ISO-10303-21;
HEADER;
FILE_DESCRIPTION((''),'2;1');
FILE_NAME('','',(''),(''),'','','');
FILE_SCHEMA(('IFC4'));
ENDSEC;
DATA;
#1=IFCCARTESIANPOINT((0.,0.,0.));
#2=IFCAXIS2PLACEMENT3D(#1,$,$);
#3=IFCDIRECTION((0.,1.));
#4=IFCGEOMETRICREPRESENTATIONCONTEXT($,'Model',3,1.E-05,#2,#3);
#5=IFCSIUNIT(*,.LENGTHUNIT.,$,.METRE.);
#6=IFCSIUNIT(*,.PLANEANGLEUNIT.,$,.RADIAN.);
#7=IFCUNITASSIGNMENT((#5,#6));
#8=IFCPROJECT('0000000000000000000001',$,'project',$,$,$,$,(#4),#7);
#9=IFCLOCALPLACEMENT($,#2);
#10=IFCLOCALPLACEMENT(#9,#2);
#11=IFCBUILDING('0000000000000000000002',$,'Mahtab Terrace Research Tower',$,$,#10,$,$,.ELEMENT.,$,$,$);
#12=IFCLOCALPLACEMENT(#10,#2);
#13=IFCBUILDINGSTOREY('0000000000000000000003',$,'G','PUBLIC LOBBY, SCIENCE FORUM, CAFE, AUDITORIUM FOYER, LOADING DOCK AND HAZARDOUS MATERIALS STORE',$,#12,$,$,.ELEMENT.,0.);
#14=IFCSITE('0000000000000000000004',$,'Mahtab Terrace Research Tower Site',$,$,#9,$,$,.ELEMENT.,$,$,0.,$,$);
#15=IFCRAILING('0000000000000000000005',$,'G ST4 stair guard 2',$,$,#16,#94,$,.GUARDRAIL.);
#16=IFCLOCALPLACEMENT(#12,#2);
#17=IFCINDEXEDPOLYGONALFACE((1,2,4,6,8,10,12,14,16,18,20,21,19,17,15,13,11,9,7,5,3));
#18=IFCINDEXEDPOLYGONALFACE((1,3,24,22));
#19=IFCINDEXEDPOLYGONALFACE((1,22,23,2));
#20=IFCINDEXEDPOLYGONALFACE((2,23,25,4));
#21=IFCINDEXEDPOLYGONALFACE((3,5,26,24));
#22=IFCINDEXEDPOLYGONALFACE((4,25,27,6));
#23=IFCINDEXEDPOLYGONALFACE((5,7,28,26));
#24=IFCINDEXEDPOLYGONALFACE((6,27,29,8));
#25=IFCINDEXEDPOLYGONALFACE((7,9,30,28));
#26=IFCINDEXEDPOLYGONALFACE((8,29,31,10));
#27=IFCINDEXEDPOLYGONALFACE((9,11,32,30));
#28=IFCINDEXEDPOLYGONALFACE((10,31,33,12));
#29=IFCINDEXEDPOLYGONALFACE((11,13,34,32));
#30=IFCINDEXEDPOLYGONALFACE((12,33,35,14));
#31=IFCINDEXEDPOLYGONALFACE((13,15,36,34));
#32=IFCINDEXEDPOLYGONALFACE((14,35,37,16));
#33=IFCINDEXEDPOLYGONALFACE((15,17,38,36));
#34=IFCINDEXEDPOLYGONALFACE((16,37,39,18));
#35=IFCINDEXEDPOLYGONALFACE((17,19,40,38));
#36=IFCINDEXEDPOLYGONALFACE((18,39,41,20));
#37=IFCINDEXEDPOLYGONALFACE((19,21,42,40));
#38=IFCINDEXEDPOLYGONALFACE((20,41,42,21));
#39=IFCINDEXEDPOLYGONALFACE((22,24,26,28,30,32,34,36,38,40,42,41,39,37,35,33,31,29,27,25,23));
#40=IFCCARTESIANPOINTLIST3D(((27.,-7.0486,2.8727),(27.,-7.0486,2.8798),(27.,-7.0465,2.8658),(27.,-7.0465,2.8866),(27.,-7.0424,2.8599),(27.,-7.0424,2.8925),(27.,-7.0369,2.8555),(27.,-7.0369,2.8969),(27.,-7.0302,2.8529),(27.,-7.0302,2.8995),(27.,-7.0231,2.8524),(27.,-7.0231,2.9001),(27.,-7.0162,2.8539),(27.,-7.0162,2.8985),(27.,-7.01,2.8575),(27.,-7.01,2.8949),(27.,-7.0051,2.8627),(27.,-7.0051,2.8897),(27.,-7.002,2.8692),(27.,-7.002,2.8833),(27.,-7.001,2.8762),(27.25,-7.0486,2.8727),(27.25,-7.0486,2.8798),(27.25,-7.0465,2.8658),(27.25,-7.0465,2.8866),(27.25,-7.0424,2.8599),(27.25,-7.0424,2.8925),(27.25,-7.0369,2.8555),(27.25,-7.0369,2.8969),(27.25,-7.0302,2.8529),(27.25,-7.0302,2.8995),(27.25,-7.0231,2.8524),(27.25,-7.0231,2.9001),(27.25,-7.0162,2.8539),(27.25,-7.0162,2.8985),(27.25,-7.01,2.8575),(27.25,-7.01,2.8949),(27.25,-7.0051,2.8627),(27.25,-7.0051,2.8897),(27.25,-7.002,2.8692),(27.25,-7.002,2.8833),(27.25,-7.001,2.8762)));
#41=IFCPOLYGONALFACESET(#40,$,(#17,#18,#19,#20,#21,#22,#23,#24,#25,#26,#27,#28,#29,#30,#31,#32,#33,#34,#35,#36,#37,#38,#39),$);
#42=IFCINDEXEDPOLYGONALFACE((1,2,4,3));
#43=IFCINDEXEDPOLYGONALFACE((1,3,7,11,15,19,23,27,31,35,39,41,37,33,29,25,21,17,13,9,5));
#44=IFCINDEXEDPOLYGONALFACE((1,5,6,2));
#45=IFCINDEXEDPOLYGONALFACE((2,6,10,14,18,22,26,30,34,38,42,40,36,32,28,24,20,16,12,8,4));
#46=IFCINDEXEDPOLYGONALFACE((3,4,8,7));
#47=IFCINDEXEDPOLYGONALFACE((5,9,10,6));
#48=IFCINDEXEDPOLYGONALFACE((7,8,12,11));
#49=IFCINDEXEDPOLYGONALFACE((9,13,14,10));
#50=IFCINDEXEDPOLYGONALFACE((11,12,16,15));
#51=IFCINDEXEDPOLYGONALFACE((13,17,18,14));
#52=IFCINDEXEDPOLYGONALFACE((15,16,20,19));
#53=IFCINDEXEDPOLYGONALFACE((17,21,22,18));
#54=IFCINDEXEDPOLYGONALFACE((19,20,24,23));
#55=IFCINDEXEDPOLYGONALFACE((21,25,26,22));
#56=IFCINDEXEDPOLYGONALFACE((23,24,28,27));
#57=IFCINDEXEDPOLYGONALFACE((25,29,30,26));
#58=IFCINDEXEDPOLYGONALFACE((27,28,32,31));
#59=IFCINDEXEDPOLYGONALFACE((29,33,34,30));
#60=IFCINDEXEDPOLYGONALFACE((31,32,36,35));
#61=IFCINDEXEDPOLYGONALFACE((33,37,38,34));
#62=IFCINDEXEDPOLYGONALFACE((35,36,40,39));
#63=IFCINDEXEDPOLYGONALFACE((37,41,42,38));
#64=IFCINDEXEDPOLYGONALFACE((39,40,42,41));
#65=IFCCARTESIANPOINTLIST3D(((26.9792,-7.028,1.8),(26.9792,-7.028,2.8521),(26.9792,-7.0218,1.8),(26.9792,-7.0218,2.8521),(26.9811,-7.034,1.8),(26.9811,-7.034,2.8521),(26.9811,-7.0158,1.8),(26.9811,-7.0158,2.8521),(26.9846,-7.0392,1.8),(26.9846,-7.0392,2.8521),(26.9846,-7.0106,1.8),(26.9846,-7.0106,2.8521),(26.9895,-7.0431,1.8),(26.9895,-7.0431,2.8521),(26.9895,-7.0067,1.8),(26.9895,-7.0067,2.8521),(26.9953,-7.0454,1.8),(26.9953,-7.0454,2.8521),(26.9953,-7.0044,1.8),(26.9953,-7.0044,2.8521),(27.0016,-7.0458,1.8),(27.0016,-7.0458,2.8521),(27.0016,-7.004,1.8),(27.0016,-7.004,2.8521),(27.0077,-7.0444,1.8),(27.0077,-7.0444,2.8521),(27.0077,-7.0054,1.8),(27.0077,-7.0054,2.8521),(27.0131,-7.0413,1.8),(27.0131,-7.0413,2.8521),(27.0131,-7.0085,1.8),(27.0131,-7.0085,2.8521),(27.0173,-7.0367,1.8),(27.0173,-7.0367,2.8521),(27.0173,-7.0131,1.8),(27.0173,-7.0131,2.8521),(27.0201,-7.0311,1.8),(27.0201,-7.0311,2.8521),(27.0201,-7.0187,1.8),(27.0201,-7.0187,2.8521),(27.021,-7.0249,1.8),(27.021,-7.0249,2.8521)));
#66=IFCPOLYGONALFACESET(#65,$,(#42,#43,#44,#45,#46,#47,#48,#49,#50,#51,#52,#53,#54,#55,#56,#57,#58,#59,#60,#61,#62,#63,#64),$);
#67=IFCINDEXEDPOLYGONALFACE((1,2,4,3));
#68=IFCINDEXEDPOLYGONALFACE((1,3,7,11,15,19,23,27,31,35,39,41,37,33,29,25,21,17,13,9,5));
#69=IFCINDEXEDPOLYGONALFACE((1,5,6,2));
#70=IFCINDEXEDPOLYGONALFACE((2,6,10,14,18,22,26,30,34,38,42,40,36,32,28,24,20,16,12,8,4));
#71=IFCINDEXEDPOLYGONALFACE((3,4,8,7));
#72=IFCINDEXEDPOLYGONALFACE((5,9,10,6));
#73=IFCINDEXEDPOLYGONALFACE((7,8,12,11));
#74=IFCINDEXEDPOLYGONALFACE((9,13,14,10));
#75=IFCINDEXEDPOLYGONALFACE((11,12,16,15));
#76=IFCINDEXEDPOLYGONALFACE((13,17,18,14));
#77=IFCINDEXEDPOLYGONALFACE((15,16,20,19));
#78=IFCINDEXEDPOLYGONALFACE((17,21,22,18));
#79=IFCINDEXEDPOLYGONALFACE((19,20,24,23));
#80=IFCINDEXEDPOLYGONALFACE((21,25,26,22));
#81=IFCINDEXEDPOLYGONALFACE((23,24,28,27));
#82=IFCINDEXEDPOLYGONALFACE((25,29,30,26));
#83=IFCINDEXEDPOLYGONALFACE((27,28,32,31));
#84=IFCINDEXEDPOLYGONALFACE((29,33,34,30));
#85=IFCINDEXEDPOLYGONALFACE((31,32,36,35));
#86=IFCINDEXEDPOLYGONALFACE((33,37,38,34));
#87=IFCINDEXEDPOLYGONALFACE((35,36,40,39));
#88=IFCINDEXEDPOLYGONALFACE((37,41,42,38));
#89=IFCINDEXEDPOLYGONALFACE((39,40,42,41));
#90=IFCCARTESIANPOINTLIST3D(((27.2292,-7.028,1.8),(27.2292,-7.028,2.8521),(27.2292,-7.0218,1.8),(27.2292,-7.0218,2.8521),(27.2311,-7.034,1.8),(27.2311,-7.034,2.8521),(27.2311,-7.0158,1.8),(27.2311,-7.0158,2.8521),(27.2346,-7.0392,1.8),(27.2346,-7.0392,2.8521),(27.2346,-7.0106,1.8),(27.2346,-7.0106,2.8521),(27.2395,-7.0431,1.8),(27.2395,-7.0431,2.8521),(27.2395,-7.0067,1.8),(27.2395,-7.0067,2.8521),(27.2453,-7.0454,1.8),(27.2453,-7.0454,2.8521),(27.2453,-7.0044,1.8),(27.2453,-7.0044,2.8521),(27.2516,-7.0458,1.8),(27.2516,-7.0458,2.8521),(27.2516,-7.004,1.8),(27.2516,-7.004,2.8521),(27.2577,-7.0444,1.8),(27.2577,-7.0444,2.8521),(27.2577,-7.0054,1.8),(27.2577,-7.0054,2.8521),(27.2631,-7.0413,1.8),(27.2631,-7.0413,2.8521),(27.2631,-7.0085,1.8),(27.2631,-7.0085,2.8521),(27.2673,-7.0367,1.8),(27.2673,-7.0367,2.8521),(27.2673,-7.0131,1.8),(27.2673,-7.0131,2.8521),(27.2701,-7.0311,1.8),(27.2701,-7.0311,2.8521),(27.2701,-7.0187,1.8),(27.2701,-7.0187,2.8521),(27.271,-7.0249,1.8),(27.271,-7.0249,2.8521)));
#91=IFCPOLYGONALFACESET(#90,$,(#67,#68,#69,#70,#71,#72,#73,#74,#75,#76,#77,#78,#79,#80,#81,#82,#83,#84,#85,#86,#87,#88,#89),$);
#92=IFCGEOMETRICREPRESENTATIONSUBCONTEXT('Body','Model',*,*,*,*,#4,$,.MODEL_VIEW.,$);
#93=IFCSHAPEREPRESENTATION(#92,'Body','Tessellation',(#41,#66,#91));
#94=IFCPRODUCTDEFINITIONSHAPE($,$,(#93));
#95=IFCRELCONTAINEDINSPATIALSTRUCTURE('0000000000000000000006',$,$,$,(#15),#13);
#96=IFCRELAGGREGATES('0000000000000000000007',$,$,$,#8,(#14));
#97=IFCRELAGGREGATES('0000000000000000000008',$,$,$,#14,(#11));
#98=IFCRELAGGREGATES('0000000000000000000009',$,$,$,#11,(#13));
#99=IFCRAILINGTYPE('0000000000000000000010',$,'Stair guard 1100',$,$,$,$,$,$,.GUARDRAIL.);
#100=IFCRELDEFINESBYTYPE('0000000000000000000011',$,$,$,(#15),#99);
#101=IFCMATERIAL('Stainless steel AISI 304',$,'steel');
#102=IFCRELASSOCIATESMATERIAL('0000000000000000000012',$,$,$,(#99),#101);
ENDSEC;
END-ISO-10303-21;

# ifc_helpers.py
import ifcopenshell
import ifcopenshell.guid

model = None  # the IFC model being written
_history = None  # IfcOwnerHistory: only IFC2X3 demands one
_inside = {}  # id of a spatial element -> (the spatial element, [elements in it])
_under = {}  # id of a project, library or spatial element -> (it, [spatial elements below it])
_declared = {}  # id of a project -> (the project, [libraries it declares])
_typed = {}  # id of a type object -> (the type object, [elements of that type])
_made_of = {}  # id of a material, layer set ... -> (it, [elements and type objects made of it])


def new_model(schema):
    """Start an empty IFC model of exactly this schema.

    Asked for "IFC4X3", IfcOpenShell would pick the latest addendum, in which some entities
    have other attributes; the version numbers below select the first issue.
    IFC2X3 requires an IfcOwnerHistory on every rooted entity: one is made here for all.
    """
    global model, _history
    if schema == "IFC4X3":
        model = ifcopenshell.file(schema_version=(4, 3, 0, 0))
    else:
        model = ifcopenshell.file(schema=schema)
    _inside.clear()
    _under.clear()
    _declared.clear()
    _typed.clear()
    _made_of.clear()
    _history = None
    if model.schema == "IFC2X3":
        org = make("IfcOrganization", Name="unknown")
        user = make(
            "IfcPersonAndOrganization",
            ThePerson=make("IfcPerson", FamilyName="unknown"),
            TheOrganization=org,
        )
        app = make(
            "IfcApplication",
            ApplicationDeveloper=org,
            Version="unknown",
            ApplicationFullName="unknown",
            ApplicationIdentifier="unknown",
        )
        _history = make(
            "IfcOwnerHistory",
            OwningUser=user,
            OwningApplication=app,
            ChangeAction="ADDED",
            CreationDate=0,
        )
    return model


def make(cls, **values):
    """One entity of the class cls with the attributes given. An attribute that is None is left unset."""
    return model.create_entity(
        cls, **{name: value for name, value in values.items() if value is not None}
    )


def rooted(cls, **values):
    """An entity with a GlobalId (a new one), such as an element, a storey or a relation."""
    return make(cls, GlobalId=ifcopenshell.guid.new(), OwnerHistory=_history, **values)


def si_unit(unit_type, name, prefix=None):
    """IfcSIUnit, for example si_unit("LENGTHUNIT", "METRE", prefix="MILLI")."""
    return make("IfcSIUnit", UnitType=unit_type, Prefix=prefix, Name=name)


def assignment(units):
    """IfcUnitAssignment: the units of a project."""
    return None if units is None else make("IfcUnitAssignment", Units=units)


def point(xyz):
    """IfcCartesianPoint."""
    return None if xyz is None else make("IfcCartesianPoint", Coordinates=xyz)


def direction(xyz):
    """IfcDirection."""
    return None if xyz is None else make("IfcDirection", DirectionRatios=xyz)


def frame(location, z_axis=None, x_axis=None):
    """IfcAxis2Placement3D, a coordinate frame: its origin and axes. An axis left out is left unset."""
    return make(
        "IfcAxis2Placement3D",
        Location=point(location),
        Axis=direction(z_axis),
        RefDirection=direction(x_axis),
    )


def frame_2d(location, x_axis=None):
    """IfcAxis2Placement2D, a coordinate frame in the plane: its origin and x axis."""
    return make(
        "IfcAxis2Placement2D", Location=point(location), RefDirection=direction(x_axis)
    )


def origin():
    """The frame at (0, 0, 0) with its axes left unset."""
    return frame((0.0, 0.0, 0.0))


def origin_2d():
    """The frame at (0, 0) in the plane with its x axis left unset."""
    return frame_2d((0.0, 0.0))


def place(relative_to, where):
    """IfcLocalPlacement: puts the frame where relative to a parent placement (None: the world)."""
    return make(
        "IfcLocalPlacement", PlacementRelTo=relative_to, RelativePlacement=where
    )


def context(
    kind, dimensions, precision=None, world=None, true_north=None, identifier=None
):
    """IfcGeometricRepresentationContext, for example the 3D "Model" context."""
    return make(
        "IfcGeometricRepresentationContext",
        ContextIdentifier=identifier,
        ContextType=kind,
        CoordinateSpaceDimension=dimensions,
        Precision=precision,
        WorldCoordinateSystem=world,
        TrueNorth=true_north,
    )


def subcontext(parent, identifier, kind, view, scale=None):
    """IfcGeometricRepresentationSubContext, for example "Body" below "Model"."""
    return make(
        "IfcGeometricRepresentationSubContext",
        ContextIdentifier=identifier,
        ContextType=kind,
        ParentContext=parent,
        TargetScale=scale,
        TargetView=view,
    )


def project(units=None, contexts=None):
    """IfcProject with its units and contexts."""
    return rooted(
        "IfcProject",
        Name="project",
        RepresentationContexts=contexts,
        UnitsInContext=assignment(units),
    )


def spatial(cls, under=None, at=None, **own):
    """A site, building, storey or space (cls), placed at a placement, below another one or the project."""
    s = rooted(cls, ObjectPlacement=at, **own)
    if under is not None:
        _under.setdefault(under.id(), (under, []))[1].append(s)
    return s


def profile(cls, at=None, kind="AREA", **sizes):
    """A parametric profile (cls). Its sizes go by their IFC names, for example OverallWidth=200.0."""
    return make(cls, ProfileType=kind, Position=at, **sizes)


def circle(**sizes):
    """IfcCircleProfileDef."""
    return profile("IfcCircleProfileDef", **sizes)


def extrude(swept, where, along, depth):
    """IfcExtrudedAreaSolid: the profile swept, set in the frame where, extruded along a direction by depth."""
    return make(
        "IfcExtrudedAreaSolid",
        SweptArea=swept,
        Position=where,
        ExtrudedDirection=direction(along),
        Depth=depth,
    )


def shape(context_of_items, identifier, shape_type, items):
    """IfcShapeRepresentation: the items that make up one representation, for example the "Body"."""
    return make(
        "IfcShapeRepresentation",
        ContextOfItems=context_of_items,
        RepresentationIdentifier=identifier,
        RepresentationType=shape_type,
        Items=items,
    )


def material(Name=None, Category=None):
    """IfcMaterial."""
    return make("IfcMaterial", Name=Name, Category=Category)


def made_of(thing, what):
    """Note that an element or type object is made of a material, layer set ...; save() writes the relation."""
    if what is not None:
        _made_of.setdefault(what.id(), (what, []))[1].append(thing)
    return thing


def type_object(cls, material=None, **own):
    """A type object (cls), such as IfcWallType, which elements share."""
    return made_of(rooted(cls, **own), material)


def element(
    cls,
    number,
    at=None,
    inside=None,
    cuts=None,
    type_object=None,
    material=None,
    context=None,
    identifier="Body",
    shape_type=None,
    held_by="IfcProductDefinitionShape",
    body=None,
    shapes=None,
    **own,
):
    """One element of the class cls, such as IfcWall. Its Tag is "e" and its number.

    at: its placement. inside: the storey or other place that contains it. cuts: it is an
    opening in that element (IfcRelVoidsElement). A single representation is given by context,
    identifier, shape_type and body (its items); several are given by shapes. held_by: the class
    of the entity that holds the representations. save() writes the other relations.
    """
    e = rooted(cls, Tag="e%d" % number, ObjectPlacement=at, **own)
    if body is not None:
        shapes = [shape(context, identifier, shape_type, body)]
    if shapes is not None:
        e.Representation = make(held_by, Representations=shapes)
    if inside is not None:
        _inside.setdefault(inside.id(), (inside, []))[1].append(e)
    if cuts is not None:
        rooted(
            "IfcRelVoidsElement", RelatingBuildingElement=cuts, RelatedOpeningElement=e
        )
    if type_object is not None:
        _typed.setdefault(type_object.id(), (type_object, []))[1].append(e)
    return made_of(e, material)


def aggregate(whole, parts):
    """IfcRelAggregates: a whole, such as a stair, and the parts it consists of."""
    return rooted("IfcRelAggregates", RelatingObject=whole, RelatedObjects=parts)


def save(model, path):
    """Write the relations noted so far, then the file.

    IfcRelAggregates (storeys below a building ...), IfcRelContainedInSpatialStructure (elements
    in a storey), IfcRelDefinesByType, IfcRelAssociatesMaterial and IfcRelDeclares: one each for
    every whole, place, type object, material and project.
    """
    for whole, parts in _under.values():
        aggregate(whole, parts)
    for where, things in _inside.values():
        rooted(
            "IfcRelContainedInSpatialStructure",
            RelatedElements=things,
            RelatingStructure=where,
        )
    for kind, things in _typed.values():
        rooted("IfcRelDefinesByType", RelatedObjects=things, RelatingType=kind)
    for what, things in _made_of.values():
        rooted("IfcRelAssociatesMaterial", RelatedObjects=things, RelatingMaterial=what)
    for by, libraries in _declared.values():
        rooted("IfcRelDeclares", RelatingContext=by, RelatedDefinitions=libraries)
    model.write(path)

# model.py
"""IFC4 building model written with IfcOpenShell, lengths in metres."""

from ifc_helpers import new_model, si_unit, direction, frame, origin, origin_2d, place, context, subcontext, project, spatial, circle, extrude, material, type_object, element, save


model = new_model("IFC4")

# Units and contexts
model_context = context("Model", 3, precision=1e-05, world=origin(), true_north=direction((0.0, 1.0)))
body_context = subcontext(model_context, "Body", "Model", "MODEL_VIEW")
ifc_project = project(units=[si_unit("LENGTHUNIT", "METRE"), si_unit("PLANEANGLEUNIT", "RADIAN")], contexts=[model_context])

# Site, building, storey
site_placement = place(None, origin())
site = spatial("IfcSite", under=ifc_project, at=site_placement, Name="Mahtab Terrace Research Tower Site", CompositionType="ELEMENT", RefElevation=0.0)
building_placement = place(site_placement, origin())
building = spatial("IfcBuilding", under=site, at=building_placement, Name="Mahtab Terrace Research Tower", CompositionType="ELEMENT")
storey_placement = place(building_placement, origin())
storey = spatial("IfcBuildingStorey", under=building, at=storey_placement, Name="G", Description="PUBLIC LOBBY, SCIENCE FORUM, CAFE, AUDITORIUM FOYER, LOADING DOCK AND HAZARDOUS MATERIALS STORE", CompositionType="ELEMENT", Elevation=0.0)

# Railing
ifc_material_1 = material(Name="Stainless steel AISI 304", Category="steel")
railing_type_1 = type_object("IfcRailingType", Name="Stair guard 1100", PredefinedType="GUARDRAIL", material=ifc_material_1)
railing_1_placement = place(storey_placement, frame((27.0, -7.0249, 1.8)))
element("IfcRailing", 1, at=railing_1_placement, inside=storey, type_object=railing_type_1, Name="G ST4 stair guard 2", PredefinedType="GUARDRAIL", context=body_context, shape_type="SweptSolid", body=[
    extrude(circle(Radius=0.0239, at=origin_2d()), frame((0.0, 0.0, 1.0762), z_axis=(1.0, 0.0, 0.0), x_axis=(0.0, 1.0, 0.0)), (0.0, 0.0, 1.0), 0.25),
    extrude(circle(Radius=0.021, at=origin_2d()), origin(), (0.0, 0.0, 1.0), 1.052),
    extrude(circle(Radius=0.021, at=origin_2d()), frame((0.25, 0.0, 0.0)), (0.0, 0.0, 1.0), 1.052),
])

save(model, "model.ifc")
